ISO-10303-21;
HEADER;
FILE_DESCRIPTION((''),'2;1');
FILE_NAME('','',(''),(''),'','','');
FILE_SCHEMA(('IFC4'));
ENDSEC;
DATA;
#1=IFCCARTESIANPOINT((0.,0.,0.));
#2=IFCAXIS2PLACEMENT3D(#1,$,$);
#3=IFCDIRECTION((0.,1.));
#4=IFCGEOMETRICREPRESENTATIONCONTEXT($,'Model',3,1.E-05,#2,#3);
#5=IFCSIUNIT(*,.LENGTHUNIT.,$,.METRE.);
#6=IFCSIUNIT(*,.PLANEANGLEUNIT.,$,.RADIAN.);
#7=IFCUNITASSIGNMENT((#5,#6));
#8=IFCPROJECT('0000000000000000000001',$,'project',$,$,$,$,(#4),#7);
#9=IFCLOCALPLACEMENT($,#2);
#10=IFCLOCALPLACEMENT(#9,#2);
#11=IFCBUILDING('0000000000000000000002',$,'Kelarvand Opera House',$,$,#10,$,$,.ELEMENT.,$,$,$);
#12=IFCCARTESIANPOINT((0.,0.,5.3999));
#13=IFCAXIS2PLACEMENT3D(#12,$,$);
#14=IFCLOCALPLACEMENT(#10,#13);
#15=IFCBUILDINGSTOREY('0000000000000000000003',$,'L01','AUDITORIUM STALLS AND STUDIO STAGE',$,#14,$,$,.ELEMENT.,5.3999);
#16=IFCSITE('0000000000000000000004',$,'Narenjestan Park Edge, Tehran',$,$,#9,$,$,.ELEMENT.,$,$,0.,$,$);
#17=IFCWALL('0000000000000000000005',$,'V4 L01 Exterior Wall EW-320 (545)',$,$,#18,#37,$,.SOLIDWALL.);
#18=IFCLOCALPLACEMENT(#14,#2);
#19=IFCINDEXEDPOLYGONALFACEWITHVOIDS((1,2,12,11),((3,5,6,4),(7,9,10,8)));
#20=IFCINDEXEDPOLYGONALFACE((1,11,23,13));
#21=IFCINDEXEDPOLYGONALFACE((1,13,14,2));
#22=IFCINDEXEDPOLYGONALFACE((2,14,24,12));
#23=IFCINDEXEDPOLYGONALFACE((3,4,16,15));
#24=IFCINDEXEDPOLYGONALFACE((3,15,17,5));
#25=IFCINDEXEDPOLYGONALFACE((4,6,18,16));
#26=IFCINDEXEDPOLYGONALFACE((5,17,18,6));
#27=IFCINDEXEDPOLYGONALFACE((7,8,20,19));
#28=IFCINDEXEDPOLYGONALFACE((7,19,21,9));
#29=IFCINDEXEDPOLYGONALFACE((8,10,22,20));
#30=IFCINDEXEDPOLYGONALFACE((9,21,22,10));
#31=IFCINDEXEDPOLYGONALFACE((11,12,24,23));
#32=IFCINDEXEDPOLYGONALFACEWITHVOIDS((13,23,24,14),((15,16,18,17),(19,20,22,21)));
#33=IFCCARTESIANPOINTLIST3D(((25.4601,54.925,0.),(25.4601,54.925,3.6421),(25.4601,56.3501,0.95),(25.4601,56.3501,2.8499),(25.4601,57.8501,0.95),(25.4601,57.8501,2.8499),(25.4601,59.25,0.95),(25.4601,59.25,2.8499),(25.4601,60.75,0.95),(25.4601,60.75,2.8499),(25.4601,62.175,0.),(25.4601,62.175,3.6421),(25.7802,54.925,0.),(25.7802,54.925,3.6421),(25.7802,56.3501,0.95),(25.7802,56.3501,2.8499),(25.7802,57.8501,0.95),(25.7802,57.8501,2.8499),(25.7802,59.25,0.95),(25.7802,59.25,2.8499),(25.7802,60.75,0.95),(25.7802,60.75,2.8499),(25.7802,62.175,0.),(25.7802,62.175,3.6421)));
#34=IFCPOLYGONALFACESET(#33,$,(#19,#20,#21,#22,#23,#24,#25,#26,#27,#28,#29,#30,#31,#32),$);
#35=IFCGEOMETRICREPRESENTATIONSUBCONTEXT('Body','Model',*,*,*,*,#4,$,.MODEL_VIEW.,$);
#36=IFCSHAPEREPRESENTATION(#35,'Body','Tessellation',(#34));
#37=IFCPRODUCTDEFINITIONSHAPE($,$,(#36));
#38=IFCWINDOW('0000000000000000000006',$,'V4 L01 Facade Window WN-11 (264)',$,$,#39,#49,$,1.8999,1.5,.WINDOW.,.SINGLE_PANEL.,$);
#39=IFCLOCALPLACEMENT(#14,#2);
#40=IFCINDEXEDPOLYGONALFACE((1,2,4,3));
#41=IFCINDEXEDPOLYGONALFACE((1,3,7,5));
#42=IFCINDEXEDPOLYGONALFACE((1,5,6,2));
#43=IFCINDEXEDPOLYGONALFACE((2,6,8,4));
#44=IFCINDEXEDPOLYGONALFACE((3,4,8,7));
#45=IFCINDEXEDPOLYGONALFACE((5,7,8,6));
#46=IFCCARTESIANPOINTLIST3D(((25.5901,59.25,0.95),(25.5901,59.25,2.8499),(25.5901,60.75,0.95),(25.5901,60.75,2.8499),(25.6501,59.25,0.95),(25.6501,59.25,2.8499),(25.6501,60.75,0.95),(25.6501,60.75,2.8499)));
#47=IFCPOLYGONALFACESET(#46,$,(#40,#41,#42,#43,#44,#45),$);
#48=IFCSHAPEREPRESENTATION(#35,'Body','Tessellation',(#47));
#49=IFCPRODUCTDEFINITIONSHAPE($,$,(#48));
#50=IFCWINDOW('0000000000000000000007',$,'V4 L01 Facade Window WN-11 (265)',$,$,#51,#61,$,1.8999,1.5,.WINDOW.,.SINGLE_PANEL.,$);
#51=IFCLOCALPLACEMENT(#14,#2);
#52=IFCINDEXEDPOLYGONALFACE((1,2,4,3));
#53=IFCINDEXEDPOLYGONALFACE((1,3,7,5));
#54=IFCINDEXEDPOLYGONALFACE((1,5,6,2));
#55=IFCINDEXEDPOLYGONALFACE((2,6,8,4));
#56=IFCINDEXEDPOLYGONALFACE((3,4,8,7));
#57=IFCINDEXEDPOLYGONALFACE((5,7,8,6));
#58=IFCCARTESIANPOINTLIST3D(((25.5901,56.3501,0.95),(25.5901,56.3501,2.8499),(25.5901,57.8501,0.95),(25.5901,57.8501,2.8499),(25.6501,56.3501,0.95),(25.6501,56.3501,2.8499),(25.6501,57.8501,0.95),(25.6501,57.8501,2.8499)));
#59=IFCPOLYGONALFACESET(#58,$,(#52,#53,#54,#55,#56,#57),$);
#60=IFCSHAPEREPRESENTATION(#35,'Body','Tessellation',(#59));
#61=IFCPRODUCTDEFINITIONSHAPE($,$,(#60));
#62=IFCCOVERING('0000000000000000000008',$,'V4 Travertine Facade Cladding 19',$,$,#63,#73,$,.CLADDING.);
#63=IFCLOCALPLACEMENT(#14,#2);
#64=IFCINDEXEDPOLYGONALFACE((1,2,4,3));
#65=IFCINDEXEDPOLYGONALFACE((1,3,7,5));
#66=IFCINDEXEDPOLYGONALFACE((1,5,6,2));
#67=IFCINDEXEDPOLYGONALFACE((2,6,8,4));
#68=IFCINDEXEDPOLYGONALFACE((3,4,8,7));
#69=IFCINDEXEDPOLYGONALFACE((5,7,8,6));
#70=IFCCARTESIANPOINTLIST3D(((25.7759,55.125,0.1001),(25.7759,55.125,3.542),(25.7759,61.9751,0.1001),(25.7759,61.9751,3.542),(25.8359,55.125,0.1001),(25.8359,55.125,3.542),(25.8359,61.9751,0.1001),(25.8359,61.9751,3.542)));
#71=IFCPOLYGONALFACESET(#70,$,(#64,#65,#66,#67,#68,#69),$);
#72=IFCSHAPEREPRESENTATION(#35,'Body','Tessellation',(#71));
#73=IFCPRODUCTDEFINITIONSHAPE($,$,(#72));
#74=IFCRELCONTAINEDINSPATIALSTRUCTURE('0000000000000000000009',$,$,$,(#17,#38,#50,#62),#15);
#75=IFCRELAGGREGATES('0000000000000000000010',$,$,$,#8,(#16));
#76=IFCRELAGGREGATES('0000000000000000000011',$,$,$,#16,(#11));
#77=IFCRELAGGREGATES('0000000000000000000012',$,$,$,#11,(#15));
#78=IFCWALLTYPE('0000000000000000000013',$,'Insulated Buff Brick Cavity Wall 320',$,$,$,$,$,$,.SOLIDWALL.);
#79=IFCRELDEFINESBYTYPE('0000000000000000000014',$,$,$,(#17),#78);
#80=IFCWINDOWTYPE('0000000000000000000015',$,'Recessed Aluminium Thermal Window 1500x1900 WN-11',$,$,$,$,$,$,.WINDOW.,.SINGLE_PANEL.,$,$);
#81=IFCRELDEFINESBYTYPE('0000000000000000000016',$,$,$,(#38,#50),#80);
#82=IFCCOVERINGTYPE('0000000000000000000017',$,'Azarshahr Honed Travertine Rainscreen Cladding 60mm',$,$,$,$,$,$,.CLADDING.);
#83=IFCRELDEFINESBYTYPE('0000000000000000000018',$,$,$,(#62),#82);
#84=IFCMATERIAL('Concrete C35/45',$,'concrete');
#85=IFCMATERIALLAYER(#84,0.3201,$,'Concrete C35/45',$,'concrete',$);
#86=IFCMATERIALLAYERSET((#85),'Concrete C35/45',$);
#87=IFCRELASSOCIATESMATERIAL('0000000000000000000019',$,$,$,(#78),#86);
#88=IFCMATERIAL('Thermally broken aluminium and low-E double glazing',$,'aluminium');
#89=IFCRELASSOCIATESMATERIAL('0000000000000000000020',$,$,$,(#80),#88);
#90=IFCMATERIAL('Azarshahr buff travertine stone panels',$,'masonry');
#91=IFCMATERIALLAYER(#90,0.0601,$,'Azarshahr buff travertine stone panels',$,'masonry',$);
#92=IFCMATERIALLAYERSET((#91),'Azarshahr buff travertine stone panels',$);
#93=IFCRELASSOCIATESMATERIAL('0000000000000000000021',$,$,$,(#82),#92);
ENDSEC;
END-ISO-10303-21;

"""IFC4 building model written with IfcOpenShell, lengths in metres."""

from ifc_helpers import new_model, si_unit, direction, frame, frame_2d, origin, origin_2d, place, context, subcontext, project, spatial, rectangle, extrude, material, layer, layer_set, type_object, element, fill, save


model = new_model("IFC4")

# Units and contexts
model_context = context("Model", 3, precision=1e-05, world=origin(), true_north=direction((0.0, 1.0)))
body_context = subcontext(model_context, "Body", "Model", "MODEL_VIEW")
ifc_project = project(units=[si_unit("LENGTHUNIT", "METRE"), si_unit("PLANEANGLEUNIT", "RADIAN")], contexts=[model_context])

# Site, building, storey
site_placement = place(None, origin())
site = spatial("IfcSite", under=ifc_project, at=site_placement, Name="Narenjestan Park Edge, Tehran", CompositionType="ELEMENT", RefElevation=0.0)
building_placement = place(site_placement, origin())
building = spatial("IfcBuilding", under=site, at=building_placement, Name="Kelarvand Opera House", CompositionType="ELEMENT")
storey_placement = place(building_placement, frame((0.0, 0.0, 5.3999)))
storey = spatial("IfcBuildingStorey", under=building, at=storey_placement, Name="L01", Description="AUDITORIUM STALLS AND STUDIO STAGE", CompositionType="ELEMENT", Elevation=5.3999)

# Wall, openings, windows
ifc_material_1 = material(Name="Concrete C35/45", Category="concrete")
ifc_layer_1 = layer(ifc_material_1, 0.3201, Name="Concrete C35/45", Category="concrete")
ifc_layer_set_1 = layer_set([ifc_layer_1], Name="Concrete C35/45")
wall_type = type_object("IfcWallType", Name="Insulated Buff Brick Cavity Wall 320", PredefinedType="SOLIDWALL", material=ifc_layer_set_1)
wall_placement = place(storey_placement, frame((25.6201, 62.175, 0.0), z_axis=(0.0, 0.0, 1.0), x_axis=(0.0, -1.0, 0.0)))
wall = element("IfcWall", 1, at=wall_placement, inside=storey, type_object=wall_type, Name="V4 L01 Exterior Wall EW-320 (545)", PredefinedType="SOLIDWALL", context=body_context, shape_type="SweptSolid", body=[
    extrude(rectangle(XDim=7.25, YDim=0.3201, at=frame_2d((3.625, 0.0))), origin(), (0.0, 0.0, 1.0), 3.6421),
])
opening_1_placement = place(wall_placement, frame((1.425, 0.0, 0.95)))
opening_1 = element("IfcOpeningElement", 2, at=opening_1_placement, cuts=wall, PredefinedType="OPENING", context=body_context, shape_type="SweptSolid", body=[
    extrude(rectangle(XDim=1.5, YDim=1.8999, at=frame_2d((0.75, 0.95))), frame((0.0, 0.1699, 0.0), z_axis=(0.0, -1.0, 0.0), x_axis=(1.0, 0.0, 0.0)), (0.0, 0.0, 1.0), 0.3401),
])
opening_2_placement = place(wall_placement, frame((4.325, 0.0, 0.95)))
opening_2 = element("IfcOpeningElement", 3, at=opening_2_placement, cuts=wall, PredefinedType="OPENING", context=body_context, shape_type="SweptSolid", body=[
    extrude(rectangle(XDim=1.5, YDim=1.8999, at=frame_2d((0.75, 0.95))), frame((0.0, 0.1699, 0.0), z_axis=(0.0, -1.0, 0.0), x_axis=(1.0, 0.0, 0.0)), (0.0, 0.0, 1.0), 0.3401),
])
ifc_material_2 = material(Name="Thermally broken aluminium and low-E double glazing", Category="aluminium")
window_type = type_object("IfcWindowType", Name="Recessed Aluminium Thermal Window 1500x1900 WN-11", PartitioningType="SINGLE_PANEL", PredefinedType="WINDOW", material=ifc_material_2)
window_1_placement = place(opening_1_placement, origin())
window_1 = element("IfcWindow", 4, at=window_1_placement, inside=storey, type_object=window_type, Name="V4 L01 Facade Window WN-11 (264)", OverallHeight=1.8999, OverallWidth=1.5, PartitioningType="SINGLE_PANEL", PredefinedType="WINDOW", context=body_context, shape_type="SweptSolid", body=[
    extrude(rectangle(XDim=1.5, YDim=1.8999, at=frame_2d((0.75, 0.95))), frame((0.0, 0.03, 0.0), z_axis=(0.0, -1.0, 0.0), x_axis=(1.0, 0.0, 0.0)), (0.0, 0.0, 1.0), 0.0601),
])
fill(opening_1, window_1)
window_2_placement = place(opening_2_placement, origin())
window_2 = element("IfcWindow", 5, at=window_2_placement, inside=storey, type_object=window_type, Name="V4 L01 Facade Window WN-11 (265)", OverallHeight=1.8999, OverallWidth=1.5, PartitioningType="SINGLE_PANEL", PredefinedType="WINDOW", context=body_context, shape_type="SweptSolid", body=[
    extrude(rectangle(XDim=1.5, YDim=1.8999, at=frame_2d((0.75, 0.95))), frame((0.0, 0.03, 0.0), z_axis=(0.0, -1.0, 0.0), x_axis=(1.0, 0.0, 0.0)), (0.0, 0.0, 1.0), 0.0601),
])
fill(opening_2, window_2)

# Covering
ifc_material_3 = material(Name="Azarshahr buff travertine stone panels", Category="masonry")
ifc_layer_2 = layer(ifc_material_3, 0.0601, Name="Azarshahr buff travertine stone panels", Category="masonry")
ifc_layer_set_2 = layer_set([ifc_layer_2], Name="Azarshahr buff travertine stone panels")
covering_type = type_object("IfcCoveringType", Name="Azarshahr Honed Travertine Rainscreen Cladding 60mm", PredefinedType="CLADDING", material=ifc_layer_set_2)
covering_placement = place(storey_placement, frame((25.8059, 58.55, 0.1001), z_axis=(0.0, 0.0, 1.0), x_axis=(0.0, -1.0, 0.0)))
element("IfcCovering", 6, at=covering_placement, inside=storey, type_object=covering_type, Name="V4 Travertine Facade Cladding 19", PredefinedType="CLADDING", context=body_context, shape_type="SweptSolid", body=[
    extrude(rectangle(XDim=6.8501, YDim=0.0601, at=origin_2d()), origin(), (0.0, 0.0, 1.0), 3.4419),
])

save(model, "model.ifc")
